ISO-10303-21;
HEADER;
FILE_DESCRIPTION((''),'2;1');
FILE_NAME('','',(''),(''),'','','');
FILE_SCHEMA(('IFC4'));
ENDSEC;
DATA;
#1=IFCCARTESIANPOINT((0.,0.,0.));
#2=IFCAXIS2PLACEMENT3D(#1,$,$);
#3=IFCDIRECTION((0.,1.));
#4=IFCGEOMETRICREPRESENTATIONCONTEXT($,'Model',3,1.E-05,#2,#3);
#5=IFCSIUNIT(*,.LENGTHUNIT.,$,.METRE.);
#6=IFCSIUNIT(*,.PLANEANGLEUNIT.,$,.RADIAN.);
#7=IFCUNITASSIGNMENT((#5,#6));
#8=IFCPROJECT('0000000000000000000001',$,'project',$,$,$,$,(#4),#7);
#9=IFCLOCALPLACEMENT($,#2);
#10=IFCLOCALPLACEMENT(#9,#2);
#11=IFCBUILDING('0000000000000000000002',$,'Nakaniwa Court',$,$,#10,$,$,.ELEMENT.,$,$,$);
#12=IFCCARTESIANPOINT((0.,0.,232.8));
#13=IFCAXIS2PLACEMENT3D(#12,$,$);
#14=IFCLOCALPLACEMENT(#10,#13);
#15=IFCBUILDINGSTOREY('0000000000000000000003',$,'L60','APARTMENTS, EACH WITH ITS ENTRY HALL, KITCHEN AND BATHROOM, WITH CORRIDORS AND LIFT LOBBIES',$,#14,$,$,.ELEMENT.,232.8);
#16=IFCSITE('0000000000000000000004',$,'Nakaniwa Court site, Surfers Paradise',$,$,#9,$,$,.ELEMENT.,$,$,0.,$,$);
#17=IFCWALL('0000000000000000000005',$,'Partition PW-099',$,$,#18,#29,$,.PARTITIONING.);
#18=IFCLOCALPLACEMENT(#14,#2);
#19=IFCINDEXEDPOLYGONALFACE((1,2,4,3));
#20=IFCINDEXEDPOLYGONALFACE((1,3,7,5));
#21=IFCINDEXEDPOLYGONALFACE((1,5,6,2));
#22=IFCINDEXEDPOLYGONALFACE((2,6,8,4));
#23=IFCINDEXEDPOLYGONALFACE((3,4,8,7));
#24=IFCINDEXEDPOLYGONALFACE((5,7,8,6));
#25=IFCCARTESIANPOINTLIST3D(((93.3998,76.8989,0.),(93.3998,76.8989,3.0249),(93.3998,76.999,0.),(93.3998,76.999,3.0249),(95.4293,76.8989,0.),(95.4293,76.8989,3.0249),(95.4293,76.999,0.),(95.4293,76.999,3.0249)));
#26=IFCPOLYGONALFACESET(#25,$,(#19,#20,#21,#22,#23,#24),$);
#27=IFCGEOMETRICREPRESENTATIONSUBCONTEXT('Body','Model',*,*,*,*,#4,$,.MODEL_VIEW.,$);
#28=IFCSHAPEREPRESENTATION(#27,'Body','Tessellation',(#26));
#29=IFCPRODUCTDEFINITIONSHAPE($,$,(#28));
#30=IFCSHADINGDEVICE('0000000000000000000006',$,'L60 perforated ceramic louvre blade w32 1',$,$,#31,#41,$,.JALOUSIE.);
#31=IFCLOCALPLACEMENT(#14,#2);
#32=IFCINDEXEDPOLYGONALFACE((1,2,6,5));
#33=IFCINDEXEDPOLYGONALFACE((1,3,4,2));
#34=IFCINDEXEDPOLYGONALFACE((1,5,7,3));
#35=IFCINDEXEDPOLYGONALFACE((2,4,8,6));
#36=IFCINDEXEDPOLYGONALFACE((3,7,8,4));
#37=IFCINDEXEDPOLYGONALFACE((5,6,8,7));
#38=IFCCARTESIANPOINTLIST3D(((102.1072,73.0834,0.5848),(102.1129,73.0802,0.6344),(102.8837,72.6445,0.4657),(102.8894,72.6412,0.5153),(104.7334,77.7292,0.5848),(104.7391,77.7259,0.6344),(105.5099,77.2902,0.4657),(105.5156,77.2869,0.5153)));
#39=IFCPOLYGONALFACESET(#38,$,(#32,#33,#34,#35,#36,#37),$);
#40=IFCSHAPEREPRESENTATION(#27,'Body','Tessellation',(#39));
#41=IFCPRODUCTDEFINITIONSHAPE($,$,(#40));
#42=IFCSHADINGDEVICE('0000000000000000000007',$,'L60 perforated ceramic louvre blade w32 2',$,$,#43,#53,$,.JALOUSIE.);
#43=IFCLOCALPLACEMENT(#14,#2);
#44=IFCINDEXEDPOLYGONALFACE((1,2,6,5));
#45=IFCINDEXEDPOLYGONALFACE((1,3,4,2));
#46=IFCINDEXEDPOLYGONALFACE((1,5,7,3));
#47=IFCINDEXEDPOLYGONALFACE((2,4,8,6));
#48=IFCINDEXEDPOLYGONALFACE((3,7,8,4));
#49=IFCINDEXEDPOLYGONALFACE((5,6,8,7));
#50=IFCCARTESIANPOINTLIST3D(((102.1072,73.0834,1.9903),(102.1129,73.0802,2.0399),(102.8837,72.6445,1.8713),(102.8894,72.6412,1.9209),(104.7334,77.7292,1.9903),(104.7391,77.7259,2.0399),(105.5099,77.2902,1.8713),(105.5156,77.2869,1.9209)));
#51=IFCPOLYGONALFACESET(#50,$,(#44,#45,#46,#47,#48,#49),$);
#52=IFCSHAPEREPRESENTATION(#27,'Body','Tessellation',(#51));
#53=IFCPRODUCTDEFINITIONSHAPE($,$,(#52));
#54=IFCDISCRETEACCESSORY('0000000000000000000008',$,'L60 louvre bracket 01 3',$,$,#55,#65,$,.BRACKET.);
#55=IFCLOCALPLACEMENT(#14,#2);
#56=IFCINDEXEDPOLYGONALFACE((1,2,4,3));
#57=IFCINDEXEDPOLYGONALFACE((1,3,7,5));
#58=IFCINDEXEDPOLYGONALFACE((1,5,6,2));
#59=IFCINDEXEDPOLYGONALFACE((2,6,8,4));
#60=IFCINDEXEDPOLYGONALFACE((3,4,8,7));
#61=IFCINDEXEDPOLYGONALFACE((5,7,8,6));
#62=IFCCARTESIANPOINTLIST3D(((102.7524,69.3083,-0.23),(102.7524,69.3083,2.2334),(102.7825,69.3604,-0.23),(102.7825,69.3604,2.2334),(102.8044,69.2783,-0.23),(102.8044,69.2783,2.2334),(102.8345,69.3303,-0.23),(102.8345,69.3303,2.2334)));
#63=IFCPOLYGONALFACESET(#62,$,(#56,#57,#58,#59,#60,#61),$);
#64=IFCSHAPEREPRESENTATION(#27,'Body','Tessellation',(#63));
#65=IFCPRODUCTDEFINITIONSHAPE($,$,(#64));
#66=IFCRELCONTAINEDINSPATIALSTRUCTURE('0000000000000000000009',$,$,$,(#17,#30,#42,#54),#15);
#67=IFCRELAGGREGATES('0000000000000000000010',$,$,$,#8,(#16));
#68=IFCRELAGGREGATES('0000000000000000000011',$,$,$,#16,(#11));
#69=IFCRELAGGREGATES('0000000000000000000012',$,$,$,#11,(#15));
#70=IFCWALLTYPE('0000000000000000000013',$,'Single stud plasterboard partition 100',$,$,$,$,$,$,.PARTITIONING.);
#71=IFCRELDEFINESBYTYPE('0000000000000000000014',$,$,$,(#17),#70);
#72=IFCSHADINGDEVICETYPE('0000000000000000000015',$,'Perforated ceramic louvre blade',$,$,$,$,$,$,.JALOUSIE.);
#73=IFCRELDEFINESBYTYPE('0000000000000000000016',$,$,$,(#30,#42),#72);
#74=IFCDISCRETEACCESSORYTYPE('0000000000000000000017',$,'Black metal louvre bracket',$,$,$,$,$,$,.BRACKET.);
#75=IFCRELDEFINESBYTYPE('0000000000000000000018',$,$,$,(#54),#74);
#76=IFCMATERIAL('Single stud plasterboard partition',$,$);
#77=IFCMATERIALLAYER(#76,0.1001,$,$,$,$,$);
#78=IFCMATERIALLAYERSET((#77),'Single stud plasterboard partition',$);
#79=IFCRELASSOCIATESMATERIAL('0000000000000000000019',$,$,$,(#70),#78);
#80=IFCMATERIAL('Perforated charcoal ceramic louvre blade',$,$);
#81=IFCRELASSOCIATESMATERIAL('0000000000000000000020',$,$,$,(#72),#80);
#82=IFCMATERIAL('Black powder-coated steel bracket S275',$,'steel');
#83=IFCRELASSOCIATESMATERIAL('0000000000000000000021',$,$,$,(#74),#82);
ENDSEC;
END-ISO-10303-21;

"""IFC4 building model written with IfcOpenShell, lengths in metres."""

from ifc_helpers import new_model, si_unit, direction, frame, frame_2d, origin, origin_2d, place, context, subcontext, project, spatial, rectangle, extrude, material, layer, layer_set, material_profile, profile_set, type_object, element, save


model = new_model("IFC4")

# Units and contexts
model_context = context("Model", 3, precision=1e-05, world=origin(), true_north=direction((0.0, 1.0)))
body_context = subcontext(model_context, "Body", "Model", "MODEL_VIEW")
ifc_project = project(units=[si_unit("LENGTHUNIT", "METRE"), si_unit("PLANEANGLEUNIT", "RADIAN")], contexts=[model_context])

# Site, building, storey
site_placement = place(None, origin())
site = spatial("IfcSite", under=ifc_project, at=site_placement, Name="Nakaniwa Court site, Surfers Paradise", CompositionType="ELEMENT", RefElevation=0.0)
building_placement = place(site_placement, origin())
building = spatial("IfcBuilding", under=site, at=building_placement, Name="Nakaniwa Court", CompositionType="ELEMENT")
storey_placement = place(building_placement, frame((0.0, 0.0, 232.8)))
storey = spatial("IfcBuildingStorey", under=building, at=storey_placement, Name="L60", Description="APARTMENTS, EACH WITH ITS ENTRY HALL, KITCHEN AND BATHROOM, WITH CORRIDORS AND LIFT LOBBIES", CompositionType="ELEMENT", Elevation=232.8)

# Shared definitions
ifc_material_1 = material(Name="Single stud plasterboard partition")
ifc_layer_1 = layer(ifc_material_1, 0.1001)
ifc_layer_set_1 = layer_set([ifc_layer_1], Name="Single stud plasterboard partition")
wall_type_1 = type_object("IfcWallType", Name="Single stud plasterboard partition 100", PredefinedType="PARTITIONING", material=ifc_layer_set_1)

# Wall
wall_1_placement = place(storey_placement, frame((93.3999, 76.949, 0.0), z_axis=(0.0, 0.0, 1.0), x_axis=(1.0, 0.0, 0.0)))
element("IfcWall", 1, at=wall_1_placement, inside=storey, type_object=wall_type_1, Name="Partition PW-099", PredefinedType="PARTITIONING", context=body_context, shape_type="SweptSolid", body=[
    extrude(rectangle(XDim=2.0295, YDim=0.1001, at=frame_2d((1.0146, 0.0))), origin(), (0.0, 0.0, 1.0), 3.0249),
])

# Shading devices
ifc_material_2 = material(Name="Perforated charcoal ceramic louvre blade")
ifc_material_profile_1 = material_profile(ifc_material_2, rectangle(XDim=0.8999, YDim=0.05, at=origin_2d()), Name="Perforated ceramic louvre blade")
ifc_profile_set_1 = profile_set([ifc_material_profile_1], Name="Perforated charcoal ceramic louvre blade")
shading_device_type = type_object("IfcShadingDeviceType", Name="Perforated ceramic louvre blade", PredefinedType="JALOUSIE", material=ifc_profile_set_1)
for number, where, z_axis, x_axis, name in (
    (2, (102.4983, 72.8623, 0.55), (0.492109, 0.870534, 0.0), (-0.862887, 0.487786, 0.132256), "L60 perforated ceramic louvre blade w32 1"),
    (3, (102.4983, 72.8623, 1.9556), (0.492109, 0.870534, 0.0), (-0.862887, 0.487786, 0.132256), "L60 perforated ceramic louvre blade w32 2"),
):
    element("IfcShadingDevice", number, at=place(storey_placement, frame(where, z_axis=z_axis, x_axis=x_axis)), inside=storey, type_object=shading_device_type, Name=name, PredefinedType="JALOUSIE", context=body_context, shape_type="SweptSolid", body=[
        extrude(rectangle(XDim=0.8999, YDim=0.05, at=origin_2d()), origin(), (0.0, 0.0, 1.0), 5.3367),
    ])

# Discrete accessory
ifc_material_3 = material(Name="Black powder-coated steel bracket S275", Category="steel")
discrete_accessory_type = type_object("IfcDiscreteAccessoryType", Name="Black metal louvre bracket", PredefinedType="BRACKET", material=ifc_material_3)
discrete_accessory_placement = place(storey_placement, frame((102.7935, 69.3193, -0.23), z_axis=(0.0, 0.0, 1.0), x_axis=(0.500017, 0.866016, 0.0)))
element("IfcDiscreteAccessory", 4, at=discrete_accessory_placement, inside=storey, type_object=discrete_accessory_type, Name="L60 louvre bracket 01 3", PredefinedType="BRACKET", context=body_context, shape_type="SweptSolid", body=[
    extrude(rectangle(XDim=0.0601, YDim=0.0601, at=origin_2d()), origin(), (0.0, 0.0, 1.0), 2.4634),
])

save(model, "model.ifc")
